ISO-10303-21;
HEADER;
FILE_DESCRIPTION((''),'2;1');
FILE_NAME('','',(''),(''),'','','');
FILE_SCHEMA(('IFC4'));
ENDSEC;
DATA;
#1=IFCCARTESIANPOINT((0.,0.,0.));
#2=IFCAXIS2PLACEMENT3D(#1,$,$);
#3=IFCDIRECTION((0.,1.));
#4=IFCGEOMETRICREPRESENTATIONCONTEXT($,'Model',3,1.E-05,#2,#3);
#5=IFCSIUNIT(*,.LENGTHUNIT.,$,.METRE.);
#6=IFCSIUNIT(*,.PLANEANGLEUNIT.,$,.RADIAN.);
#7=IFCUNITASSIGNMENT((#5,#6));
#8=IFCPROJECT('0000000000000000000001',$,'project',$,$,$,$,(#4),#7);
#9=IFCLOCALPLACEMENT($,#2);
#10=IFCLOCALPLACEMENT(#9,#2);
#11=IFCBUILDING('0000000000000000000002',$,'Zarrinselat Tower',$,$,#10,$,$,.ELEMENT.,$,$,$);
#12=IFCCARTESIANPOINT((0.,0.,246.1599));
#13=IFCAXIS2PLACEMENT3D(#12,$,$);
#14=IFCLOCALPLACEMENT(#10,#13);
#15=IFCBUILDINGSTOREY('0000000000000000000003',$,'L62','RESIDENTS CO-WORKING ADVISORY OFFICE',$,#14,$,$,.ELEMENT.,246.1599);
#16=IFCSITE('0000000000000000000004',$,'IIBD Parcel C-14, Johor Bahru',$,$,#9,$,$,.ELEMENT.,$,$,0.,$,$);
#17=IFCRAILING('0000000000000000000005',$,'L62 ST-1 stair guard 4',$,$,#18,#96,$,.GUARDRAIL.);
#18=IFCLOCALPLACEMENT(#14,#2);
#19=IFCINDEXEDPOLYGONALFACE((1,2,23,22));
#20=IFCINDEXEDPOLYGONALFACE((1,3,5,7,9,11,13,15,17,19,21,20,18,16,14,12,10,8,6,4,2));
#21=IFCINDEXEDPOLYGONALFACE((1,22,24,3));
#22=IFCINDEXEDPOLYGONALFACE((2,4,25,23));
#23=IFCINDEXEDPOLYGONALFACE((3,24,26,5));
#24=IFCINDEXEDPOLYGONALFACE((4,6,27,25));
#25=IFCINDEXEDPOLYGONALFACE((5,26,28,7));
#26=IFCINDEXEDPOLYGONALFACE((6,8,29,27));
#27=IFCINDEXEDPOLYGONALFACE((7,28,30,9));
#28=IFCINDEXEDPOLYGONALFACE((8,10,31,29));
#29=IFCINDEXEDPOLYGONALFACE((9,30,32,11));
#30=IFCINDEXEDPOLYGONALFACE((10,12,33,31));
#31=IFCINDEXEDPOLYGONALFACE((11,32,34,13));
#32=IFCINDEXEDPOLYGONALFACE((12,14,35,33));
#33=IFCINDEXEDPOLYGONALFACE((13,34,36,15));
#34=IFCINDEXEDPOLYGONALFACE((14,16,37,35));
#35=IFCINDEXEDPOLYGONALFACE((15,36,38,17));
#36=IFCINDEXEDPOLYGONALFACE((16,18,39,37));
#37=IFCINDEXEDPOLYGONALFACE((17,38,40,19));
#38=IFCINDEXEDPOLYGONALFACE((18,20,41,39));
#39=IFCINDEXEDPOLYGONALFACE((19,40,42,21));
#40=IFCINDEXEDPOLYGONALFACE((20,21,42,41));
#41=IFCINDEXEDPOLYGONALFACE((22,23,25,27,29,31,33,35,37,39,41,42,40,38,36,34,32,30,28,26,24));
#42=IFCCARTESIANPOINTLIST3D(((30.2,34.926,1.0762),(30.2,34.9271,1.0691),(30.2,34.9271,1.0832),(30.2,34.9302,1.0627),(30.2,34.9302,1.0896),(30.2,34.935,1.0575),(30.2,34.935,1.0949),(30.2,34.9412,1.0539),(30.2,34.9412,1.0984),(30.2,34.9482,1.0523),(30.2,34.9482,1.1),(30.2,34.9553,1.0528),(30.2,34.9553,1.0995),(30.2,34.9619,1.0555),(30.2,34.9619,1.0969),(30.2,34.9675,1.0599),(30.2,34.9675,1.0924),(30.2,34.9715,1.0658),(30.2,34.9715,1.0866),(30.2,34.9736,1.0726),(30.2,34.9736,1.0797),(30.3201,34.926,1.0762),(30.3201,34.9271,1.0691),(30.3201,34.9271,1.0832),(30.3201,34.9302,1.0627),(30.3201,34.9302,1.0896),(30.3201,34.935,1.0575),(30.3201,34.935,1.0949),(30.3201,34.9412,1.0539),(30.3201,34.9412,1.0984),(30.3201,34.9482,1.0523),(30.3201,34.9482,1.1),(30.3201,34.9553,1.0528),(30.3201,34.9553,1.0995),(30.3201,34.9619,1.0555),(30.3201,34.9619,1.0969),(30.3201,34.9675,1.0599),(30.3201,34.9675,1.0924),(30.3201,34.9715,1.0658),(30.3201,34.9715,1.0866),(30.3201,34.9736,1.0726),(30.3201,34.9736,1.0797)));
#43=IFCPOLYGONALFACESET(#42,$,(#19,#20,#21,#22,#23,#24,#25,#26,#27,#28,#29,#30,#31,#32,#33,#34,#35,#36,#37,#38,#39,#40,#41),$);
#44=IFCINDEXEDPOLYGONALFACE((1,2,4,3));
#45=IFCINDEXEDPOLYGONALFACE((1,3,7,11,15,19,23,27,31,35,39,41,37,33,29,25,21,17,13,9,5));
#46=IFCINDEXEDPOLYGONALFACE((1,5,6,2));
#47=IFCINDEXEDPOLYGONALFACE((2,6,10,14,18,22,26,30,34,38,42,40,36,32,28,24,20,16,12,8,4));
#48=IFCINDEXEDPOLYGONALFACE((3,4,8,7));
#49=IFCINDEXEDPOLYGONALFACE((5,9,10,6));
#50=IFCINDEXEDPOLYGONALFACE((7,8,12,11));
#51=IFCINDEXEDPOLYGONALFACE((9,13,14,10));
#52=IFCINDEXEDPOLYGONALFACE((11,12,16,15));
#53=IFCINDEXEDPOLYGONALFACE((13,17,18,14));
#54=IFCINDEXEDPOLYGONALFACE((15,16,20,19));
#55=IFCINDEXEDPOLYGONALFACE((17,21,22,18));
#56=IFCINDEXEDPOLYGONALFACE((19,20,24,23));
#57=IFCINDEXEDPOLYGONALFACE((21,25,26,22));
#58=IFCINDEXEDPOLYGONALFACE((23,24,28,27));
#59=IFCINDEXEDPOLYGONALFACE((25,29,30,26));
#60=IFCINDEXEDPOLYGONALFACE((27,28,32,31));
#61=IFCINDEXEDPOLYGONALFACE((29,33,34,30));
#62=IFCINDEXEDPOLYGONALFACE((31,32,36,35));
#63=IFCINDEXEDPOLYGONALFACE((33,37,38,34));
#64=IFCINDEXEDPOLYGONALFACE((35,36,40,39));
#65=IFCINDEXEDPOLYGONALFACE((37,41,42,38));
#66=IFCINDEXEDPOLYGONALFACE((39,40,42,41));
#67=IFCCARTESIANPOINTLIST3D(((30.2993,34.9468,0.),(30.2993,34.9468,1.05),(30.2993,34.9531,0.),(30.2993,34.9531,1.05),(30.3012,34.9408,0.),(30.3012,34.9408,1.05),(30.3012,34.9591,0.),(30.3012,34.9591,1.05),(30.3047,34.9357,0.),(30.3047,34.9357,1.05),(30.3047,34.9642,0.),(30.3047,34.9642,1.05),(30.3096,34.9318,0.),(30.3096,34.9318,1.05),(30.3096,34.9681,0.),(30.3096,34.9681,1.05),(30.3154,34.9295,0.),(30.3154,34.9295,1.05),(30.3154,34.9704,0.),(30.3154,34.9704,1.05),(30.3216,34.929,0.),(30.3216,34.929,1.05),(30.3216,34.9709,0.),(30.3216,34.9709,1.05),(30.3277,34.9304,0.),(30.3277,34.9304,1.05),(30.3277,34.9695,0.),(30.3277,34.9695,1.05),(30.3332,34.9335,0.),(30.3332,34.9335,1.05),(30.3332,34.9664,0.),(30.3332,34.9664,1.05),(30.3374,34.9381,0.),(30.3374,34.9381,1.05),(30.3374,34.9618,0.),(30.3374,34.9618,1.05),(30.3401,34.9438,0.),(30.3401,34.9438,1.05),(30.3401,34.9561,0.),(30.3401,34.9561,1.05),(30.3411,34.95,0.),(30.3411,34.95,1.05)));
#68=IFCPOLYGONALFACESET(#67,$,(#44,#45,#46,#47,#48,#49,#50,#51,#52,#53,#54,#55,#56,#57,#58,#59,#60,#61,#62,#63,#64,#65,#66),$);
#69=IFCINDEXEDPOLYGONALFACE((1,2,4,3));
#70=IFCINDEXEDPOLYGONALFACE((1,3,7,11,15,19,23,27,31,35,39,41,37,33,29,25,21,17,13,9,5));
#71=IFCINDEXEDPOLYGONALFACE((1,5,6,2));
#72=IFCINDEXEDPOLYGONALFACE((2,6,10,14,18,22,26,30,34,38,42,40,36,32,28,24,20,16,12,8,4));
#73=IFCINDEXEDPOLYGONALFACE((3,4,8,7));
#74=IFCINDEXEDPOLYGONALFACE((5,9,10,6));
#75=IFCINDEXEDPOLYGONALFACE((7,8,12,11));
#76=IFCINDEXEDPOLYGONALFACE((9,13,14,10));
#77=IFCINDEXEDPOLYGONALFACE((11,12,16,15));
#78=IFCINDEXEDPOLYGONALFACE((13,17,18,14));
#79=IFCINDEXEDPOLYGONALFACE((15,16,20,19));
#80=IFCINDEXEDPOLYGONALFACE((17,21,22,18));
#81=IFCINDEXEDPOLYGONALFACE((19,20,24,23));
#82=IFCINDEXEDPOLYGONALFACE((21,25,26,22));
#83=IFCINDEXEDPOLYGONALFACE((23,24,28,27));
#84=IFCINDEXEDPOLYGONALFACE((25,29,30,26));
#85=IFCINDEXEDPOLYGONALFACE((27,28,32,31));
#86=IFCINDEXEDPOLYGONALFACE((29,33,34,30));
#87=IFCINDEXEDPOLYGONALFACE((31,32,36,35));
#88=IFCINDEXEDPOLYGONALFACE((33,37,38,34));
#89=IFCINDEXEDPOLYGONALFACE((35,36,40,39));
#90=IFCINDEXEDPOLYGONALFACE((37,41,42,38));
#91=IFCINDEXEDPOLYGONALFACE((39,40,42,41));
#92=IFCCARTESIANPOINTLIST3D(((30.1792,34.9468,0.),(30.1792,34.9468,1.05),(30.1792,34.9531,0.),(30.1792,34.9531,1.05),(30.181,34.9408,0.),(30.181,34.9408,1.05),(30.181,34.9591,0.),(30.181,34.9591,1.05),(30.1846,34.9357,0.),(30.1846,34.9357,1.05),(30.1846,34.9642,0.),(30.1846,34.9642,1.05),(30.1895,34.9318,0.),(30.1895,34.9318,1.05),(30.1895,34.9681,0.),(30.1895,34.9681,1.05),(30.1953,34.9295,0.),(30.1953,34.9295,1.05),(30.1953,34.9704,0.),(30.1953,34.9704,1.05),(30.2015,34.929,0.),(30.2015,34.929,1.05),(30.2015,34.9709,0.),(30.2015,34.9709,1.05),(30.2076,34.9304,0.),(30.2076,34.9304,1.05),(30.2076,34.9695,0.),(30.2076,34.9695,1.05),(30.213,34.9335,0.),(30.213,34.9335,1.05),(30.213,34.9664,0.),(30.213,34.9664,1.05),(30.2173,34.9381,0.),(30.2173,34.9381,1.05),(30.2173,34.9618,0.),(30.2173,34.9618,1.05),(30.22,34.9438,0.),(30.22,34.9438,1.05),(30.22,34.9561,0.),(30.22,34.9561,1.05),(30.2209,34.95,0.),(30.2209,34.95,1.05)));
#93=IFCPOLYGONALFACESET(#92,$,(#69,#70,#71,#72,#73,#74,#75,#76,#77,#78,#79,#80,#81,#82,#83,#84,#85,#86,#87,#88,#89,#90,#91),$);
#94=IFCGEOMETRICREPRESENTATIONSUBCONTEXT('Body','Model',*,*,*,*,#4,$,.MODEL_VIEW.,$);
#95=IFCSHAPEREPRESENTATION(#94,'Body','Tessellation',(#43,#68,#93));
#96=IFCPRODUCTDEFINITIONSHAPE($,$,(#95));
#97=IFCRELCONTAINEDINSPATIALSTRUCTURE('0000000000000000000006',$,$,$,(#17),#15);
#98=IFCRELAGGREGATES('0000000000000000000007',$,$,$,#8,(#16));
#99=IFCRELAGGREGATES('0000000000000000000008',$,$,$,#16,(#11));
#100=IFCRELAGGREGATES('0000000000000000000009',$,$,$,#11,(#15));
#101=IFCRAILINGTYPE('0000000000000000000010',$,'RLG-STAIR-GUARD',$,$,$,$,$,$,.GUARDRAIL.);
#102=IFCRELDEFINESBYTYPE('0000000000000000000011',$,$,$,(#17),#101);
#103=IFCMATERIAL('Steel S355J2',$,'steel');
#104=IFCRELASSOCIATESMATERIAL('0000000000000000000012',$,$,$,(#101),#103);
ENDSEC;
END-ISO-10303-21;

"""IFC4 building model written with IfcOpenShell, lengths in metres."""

from ifc_helpers import new_model, si_unit, direction, frame, origin, origin_2d, place, context, subcontext, project, spatial, circle, extrude, material, type_object, element, save


model = new_model("IFC4")

# Units and contexts
model_context = context("Model", 3, precision=1e-05, world=origin(), true_north=direction((0.0, 1.0)))
body_context = subcontext(model_context, "Body", "Model", "MODEL_VIEW")
ifc_project = project(units=[si_unit("LENGTHUNIT", "METRE"), si_unit("PLANEANGLEUNIT", "RADIAN")], contexts=[model_context])

# Site, building, storey
site_placement = place(None, origin())
site = spatial("IfcSite", under=ifc_project, at=site_placement, Name="IIBD Parcel C-14, Johor Bahru", CompositionType="ELEMENT", RefElevation=0.0)
building_placement = place(site_placement, origin())
building = spatial("IfcBuilding", under=site, at=building_placement, Name="Zarrinselat Tower", CompositionType="ELEMENT")
storey_placement = place(building_placement, frame((0.0, 0.0, 246.1599)))
storey = spatial("IfcBuildingStorey", under=building, at=storey_placement, Name="L62", Description="RESIDENTS CO-WORKING ADVISORY OFFICE", CompositionType="ELEMENT", Elevation=246.1599)

# Railing
ifc_material_1 = material(Name="Steel S355J2", Category="steel")
railing_type_1 = type_object("IfcRailingType", Name="RLG-STAIR-GUARD", PredefinedType="GUARDRAIL", material=ifc_material_1)
railing_1_placement = place(storey_placement, frame((30.3201, 34.95, 0.0)))
element("IfcRailing", 1, at=railing_1_placement, inside=storey, type_object=railing_type_1, Name="L62 ST-1 stair guard 4", PredefinedType="GUARDRAIL", context=body_context, shape_type="SweptSolid", body=[
    extrude(circle(Radius=0.0239, at=origin_2d()), frame((0.0, 0.0, 1.0762), z_axis=(-1.0, 0.0, 0.0), x_axis=(0.0, -1.0, 0.0)), (0.0, 0.0, 1.0), 0.1201),
    extrude(circle(Radius=0.021, at=origin_2d()), origin(), (0.0, 0.0, 1.0), 1.05),
    extrude(circle(Radius=0.021, at=origin_2d()), frame((-0.1201, 0.0, 0.0)), (0.0, 0.0, 1.0), 1.05),
])

save(model, "model.ifc")
